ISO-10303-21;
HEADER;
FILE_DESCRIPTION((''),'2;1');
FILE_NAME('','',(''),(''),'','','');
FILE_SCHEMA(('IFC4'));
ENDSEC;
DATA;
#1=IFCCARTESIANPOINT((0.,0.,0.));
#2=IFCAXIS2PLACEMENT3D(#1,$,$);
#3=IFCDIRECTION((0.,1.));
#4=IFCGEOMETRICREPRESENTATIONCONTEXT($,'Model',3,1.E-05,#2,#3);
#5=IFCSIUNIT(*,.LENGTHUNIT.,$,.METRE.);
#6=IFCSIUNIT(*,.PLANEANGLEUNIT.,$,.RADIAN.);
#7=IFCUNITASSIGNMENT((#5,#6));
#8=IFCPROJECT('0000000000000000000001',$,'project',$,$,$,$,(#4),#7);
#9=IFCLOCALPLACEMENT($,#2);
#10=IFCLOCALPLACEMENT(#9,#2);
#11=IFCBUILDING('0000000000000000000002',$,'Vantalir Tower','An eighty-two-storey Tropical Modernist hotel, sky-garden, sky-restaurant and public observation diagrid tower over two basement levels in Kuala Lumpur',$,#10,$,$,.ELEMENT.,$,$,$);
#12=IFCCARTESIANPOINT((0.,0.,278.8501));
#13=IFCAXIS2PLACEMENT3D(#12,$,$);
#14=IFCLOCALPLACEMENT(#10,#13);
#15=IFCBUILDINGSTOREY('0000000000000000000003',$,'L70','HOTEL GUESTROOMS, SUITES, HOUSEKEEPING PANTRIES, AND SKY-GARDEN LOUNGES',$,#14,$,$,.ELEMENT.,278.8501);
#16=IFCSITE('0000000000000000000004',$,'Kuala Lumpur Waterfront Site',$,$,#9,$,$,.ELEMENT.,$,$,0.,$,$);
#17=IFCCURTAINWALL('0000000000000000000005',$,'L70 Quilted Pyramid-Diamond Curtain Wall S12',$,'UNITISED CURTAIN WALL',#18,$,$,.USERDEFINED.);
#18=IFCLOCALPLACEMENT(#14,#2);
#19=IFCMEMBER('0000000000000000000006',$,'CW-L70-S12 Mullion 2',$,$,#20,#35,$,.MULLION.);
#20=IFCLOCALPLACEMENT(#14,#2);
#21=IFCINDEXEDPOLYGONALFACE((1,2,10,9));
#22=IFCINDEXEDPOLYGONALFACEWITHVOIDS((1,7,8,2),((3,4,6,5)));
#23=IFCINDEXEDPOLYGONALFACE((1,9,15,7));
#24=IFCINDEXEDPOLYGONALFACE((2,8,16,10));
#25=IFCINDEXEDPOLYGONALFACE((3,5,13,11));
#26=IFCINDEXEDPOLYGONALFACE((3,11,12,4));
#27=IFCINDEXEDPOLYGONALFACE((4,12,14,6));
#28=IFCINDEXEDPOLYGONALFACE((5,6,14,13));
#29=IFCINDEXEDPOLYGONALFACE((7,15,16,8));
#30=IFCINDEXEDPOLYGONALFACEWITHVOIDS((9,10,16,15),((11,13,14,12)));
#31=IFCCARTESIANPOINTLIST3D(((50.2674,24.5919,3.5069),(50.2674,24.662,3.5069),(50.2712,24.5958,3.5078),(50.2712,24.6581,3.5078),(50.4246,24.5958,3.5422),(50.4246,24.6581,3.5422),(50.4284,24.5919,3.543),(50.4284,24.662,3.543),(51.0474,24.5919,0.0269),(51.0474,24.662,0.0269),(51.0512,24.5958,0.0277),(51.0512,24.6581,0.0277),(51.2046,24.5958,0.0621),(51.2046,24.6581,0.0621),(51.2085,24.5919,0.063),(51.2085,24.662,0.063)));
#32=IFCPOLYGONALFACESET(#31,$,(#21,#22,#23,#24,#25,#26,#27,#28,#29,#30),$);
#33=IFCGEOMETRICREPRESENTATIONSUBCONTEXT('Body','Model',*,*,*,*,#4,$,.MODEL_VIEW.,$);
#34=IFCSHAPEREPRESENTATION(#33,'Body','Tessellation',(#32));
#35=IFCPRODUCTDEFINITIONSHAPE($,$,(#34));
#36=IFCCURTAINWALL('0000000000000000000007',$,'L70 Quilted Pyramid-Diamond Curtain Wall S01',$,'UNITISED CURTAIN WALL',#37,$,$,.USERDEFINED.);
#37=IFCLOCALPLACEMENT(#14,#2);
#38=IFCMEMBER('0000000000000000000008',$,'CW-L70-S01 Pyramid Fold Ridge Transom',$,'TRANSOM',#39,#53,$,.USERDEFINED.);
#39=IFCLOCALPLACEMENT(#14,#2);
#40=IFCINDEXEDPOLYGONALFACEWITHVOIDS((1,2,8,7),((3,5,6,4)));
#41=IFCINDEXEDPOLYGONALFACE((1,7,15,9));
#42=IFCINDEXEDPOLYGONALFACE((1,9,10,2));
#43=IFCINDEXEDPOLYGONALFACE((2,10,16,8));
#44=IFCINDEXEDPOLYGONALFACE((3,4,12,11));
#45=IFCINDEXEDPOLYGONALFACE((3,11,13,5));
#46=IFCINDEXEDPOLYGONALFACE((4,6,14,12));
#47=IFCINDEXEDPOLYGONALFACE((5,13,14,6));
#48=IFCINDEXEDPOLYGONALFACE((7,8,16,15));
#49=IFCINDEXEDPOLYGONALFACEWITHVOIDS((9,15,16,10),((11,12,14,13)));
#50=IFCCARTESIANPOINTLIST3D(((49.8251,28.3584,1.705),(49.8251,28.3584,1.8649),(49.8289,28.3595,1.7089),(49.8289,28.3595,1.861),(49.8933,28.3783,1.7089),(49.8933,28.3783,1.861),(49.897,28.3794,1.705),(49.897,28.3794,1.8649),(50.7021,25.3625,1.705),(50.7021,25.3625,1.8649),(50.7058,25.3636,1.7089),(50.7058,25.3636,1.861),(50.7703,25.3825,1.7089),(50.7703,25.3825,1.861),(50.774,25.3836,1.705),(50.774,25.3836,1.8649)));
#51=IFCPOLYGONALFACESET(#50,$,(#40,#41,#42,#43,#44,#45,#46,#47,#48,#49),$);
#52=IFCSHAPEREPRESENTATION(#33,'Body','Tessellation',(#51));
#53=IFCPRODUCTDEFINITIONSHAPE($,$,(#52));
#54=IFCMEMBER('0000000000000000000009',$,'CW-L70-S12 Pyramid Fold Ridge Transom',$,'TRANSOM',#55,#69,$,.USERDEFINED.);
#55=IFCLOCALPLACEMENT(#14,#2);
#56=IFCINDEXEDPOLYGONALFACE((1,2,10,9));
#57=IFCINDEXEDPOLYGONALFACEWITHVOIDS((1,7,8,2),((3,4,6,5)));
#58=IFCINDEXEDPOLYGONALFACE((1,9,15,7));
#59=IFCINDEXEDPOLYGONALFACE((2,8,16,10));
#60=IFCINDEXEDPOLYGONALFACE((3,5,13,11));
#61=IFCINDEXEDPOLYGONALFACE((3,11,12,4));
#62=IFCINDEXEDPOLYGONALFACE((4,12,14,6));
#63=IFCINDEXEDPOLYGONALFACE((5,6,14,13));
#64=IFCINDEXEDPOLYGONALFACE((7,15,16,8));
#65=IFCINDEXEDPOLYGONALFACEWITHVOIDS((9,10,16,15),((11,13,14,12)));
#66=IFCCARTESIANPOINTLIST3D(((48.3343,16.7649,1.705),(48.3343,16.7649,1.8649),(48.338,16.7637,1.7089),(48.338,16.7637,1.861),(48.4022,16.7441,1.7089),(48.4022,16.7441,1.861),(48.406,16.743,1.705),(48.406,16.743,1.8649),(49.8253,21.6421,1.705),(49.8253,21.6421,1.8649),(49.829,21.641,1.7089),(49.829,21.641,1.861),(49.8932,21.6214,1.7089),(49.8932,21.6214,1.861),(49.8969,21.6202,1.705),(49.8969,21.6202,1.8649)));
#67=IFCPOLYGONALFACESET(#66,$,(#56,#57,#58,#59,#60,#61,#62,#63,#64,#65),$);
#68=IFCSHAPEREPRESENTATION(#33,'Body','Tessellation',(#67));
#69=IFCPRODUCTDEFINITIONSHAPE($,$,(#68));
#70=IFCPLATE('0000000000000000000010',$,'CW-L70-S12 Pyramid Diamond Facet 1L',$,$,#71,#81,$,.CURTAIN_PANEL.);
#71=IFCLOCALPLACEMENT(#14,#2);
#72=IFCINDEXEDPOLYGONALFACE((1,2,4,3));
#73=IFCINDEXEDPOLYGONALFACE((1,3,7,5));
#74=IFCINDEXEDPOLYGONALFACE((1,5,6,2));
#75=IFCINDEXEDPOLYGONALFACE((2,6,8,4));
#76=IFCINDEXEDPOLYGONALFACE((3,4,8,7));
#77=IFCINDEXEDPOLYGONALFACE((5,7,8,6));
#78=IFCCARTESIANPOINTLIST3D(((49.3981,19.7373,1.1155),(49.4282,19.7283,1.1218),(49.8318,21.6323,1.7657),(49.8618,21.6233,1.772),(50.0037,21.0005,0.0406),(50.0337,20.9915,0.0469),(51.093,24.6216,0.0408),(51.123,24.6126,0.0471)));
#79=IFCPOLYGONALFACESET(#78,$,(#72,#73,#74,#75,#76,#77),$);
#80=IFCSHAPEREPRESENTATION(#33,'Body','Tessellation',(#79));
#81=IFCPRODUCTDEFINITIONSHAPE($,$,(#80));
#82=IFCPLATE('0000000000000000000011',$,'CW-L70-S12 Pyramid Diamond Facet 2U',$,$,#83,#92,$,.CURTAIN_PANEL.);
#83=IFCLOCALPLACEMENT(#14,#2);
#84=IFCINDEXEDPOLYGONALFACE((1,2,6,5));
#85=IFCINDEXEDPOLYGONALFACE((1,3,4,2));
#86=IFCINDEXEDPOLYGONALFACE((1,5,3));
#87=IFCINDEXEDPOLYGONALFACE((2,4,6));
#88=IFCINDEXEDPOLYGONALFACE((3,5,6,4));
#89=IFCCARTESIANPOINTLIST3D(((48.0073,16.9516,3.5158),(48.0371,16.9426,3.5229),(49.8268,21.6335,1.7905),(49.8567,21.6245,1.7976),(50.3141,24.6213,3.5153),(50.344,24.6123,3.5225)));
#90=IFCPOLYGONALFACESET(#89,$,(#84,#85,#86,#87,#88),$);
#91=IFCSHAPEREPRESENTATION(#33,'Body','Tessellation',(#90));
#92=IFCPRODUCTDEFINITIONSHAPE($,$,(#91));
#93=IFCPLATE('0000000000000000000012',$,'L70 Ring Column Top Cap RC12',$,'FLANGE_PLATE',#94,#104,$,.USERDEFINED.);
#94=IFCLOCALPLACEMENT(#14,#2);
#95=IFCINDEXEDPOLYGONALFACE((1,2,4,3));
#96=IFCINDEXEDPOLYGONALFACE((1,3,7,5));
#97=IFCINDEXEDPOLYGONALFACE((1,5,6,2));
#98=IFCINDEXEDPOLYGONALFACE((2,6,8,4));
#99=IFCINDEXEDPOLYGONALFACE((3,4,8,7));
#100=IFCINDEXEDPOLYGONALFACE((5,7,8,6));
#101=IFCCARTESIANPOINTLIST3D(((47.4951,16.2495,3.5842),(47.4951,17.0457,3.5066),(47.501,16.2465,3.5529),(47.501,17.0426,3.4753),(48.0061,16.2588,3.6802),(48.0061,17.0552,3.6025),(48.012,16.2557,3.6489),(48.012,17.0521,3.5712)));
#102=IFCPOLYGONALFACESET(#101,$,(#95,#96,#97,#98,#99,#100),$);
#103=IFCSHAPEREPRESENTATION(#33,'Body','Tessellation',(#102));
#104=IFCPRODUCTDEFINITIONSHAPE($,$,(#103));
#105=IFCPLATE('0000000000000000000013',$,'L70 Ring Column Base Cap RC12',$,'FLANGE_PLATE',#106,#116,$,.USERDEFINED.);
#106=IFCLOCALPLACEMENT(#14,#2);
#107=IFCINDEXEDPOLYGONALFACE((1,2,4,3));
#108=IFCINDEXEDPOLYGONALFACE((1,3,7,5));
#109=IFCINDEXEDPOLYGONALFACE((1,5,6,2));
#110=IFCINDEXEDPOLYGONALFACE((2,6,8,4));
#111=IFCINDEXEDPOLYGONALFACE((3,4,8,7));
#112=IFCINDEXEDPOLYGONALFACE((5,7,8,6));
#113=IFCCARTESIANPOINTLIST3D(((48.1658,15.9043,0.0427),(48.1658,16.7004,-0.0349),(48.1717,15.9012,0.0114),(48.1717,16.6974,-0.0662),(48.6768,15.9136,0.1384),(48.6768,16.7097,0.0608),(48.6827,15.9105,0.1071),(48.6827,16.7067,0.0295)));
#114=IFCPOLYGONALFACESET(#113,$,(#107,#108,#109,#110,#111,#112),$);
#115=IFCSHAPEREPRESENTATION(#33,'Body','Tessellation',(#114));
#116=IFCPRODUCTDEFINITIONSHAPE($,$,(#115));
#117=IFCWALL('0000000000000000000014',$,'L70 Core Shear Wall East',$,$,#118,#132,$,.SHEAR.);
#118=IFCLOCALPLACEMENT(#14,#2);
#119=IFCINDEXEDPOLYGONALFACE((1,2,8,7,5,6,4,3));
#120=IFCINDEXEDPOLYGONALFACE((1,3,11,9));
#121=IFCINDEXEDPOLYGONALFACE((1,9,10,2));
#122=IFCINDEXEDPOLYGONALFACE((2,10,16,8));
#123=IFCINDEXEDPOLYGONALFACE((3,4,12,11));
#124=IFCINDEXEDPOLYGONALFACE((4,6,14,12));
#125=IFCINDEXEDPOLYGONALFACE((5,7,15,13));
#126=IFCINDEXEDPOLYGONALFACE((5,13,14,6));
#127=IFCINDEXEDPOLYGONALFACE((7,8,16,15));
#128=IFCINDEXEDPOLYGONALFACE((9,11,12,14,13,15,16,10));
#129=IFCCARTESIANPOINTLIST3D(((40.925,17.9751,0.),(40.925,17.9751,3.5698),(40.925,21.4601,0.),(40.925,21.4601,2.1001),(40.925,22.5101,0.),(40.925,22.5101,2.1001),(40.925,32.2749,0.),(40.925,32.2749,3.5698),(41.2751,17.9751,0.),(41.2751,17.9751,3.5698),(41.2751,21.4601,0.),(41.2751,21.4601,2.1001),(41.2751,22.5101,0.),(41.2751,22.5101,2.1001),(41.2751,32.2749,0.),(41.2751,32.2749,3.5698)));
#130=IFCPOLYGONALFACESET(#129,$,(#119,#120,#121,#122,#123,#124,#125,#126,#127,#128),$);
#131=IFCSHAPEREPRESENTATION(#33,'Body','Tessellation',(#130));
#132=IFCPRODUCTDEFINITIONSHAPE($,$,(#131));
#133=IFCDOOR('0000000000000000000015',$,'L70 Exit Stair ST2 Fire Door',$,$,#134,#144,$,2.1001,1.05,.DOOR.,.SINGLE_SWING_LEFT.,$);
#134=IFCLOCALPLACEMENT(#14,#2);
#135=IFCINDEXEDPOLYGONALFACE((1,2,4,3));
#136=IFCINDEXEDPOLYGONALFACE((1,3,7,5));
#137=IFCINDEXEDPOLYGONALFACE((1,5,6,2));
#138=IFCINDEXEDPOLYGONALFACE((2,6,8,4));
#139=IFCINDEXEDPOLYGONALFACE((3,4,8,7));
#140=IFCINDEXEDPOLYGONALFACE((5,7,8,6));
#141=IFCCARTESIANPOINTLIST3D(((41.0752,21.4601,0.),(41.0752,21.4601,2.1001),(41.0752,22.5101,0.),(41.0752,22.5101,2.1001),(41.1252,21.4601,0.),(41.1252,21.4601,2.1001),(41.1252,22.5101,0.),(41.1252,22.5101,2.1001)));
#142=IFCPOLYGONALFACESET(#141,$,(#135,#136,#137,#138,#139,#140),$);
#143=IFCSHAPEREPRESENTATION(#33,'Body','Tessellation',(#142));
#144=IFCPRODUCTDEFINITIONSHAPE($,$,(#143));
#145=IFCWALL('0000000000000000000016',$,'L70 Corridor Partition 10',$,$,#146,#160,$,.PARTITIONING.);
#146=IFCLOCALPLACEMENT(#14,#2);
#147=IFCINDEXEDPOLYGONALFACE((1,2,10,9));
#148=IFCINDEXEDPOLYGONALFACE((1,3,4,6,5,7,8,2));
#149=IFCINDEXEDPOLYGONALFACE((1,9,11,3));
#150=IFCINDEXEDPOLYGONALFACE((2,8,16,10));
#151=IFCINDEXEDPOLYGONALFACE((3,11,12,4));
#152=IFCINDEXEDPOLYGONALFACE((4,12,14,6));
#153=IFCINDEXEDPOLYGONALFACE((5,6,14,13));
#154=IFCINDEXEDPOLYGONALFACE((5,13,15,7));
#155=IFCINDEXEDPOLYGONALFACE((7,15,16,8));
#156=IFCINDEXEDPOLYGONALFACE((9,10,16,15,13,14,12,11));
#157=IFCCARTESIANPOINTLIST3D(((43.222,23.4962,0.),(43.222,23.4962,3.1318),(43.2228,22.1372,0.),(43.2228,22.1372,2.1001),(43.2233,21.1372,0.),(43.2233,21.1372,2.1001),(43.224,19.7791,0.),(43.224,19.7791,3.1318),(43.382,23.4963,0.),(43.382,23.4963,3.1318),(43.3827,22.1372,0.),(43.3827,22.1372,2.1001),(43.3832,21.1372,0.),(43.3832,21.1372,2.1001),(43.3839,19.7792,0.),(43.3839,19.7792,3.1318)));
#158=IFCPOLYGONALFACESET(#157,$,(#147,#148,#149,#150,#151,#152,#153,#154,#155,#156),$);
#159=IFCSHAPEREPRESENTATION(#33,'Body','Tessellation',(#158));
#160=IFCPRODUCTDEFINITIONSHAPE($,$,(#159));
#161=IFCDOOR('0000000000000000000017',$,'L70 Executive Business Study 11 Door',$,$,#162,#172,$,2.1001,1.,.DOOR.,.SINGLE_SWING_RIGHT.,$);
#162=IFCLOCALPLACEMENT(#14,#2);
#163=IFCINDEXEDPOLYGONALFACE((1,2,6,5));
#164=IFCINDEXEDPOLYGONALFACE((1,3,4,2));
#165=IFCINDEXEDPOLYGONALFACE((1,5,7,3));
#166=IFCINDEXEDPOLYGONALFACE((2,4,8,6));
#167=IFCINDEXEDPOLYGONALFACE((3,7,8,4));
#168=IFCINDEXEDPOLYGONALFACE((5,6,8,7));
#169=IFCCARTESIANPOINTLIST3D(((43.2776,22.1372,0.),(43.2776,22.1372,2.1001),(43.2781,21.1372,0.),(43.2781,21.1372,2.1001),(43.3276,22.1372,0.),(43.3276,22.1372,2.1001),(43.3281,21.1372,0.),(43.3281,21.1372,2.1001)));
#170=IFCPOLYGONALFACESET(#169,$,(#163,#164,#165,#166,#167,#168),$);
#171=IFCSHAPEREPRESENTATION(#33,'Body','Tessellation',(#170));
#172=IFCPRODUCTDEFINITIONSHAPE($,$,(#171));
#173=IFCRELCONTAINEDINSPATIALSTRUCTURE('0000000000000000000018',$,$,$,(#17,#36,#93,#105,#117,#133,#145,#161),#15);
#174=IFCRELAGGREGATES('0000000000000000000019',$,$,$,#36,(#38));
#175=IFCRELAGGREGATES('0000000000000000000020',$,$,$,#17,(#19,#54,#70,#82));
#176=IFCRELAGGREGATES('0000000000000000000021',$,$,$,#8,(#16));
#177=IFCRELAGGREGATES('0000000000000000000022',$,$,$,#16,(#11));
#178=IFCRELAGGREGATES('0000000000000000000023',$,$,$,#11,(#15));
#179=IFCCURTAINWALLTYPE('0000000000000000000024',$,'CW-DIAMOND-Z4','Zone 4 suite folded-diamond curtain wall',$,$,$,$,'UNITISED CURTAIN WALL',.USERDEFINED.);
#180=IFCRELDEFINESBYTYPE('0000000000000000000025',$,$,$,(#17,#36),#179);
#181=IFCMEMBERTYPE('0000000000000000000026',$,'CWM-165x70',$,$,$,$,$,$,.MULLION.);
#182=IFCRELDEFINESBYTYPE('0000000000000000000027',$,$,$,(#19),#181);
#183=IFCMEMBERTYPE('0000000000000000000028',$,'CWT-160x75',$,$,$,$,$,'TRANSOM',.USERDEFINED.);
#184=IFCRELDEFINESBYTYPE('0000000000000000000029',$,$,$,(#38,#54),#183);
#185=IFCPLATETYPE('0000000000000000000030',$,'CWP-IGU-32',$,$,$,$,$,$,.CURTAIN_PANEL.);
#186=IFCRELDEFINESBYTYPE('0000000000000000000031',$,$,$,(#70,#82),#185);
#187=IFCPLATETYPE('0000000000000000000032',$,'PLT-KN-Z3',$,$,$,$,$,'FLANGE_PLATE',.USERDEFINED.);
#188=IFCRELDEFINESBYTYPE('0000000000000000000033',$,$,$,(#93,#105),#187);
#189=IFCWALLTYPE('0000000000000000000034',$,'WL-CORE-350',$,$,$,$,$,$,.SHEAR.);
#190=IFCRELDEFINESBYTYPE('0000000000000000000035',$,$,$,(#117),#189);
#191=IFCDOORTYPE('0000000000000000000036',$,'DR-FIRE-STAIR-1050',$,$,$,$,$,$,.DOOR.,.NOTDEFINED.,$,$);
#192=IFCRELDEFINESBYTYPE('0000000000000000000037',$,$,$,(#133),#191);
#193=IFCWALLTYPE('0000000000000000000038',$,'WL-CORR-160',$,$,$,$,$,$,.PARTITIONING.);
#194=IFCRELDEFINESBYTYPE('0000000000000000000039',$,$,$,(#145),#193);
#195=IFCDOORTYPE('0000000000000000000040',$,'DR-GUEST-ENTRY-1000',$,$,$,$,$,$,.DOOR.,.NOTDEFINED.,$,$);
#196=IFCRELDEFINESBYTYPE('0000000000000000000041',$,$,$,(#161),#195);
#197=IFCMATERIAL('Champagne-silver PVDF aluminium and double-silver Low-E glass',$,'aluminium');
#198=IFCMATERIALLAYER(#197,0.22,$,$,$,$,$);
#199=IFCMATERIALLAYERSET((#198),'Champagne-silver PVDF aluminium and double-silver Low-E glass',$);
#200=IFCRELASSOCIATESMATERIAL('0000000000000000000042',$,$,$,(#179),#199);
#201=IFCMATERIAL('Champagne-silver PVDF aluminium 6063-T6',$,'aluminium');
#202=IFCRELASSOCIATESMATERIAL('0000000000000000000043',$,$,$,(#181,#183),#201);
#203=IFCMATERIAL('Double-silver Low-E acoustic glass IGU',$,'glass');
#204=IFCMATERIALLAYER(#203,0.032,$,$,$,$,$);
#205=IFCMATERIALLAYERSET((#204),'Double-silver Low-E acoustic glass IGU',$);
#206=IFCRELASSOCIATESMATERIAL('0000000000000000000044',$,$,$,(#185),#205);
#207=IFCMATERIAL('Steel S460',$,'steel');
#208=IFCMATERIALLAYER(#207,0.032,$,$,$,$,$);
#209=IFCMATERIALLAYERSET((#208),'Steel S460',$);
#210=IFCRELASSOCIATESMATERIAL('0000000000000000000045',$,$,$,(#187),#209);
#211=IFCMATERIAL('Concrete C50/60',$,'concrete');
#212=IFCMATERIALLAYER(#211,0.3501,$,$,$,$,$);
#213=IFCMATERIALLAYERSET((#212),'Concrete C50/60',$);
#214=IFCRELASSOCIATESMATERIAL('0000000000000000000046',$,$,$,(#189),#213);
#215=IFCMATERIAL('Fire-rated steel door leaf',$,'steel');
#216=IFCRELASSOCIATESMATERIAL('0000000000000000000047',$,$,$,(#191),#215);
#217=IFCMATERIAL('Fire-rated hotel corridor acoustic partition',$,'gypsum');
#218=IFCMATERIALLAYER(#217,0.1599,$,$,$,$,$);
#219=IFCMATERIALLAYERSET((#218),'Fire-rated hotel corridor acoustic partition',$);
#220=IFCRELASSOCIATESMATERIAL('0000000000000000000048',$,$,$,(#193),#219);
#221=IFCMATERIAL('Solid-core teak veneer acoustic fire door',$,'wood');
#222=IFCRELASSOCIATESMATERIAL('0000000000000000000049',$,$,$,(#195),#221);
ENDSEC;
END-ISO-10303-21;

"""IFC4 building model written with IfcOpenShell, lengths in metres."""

from ifc_helpers import new_model, si_unit, direction, frame, frame_2d, origin, origin_2d, place, context, subcontext, project, spatial, polyline, rectangle, hollow_rectangle, outline, extrude, material, layer, layer_set, material_profile, profile_set, type_object, element, fill, aggregate, save


model = new_model("IFC4")

# Units and contexts
model_context = context("Model", 3, precision=1e-05, world=origin(), true_north=direction((0.0, 1.0)))
body_context = subcontext(model_context, "Body", "Model", "MODEL_VIEW")
ifc_project = project(units=[si_unit("LENGTHUNIT", "METRE"), si_unit("PLANEANGLEUNIT", "RADIAN")], contexts=[model_context])

# Site, building, storey
site_placement = place(None, origin())
site = spatial("IfcSite", under=ifc_project, at=site_placement, Name="Kuala Lumpur Waterfront Site", CompositionType="ELEMENT", RefElevation=0.0)
building_placement = place(site_placement, origin())
building = spatial("IfcBuilding", under=site, at=building_placement, Name="Vantalir Tower", Description="An eighty-two-storey Tropical Modernist hotel, sky-garden, sky-restaurant and public observation diagrid tower over two basement levels in Kuala Lumpur", CompositionType="ELEMENT")
storey_placement = place(building_placement, frame((0.0, 0.0, 278.8501)))
storey = spatial("IfcBuildingStorey", under=building, at=storey_placement, Name="L70", Description="HOTEL GUESTROOMS, SUITES, HOUSEKEEPING PANTRIES, AND SKY-GARDEN LOUNGES", CompositionType="ELEMENT", Elevation=278.8501)

# Shared definitions
ifc_material_1 = material(Name="Concrete C50/60", Category="concrete")
ifc_material_2 = material(Name="Steel S460", Category="steel")

# Curtain walls, members
ifc_material_3 = material(Name="Champagne-silver PVDF aluminium and double-silver Low-E glass", Category="aluminium")
ifc_layer_1 = layer(ifc_material_3, 0.22)
ifc_layer_set_1 = layer_set([ifc_layer_1], Name="Champagne-silver PVDF aluminium and double-silver Low-E glass")
curtain_wall_type = type_object("IfcCurtainWallType", Name="CW-DIAMOND-Z4", Description="Zone 4 suite folded-diamond curtain wall", ElementType="UNITISED CURTAIN WALL", PredefinedType="USERDEFINED", material=ifc_layer_set_1)
curtain_wall_1_placement = place(storey_placement, origin())
curtain_wall_1 = element("IfcCurtainWall", 1, at=curtain_wall_1_placement, inside=storey, type_object=curtain_wall_type, Name="L70 Quilted Pyramid-Diamond Curtain Wall S12", ObjectType="UNITISED CURTAIN WALL", PredefinedType="USERDEFINED")
ifc_material_4 = material(Name="Champagne-silver PVDF aluminium 6063-T6", Category="aluminium")
ifc_material_profile_1 = material_profile(ifc_material_4, hollow_rectangle(XDim=0.0701, YDim=0.165, WallThickness=0.0039, at=origin_2d()), Name="Champagne-silver PVDF aluminium 6063-T6")
ifc_profile_set_1 = profile_set([ifc_material_profile_1], Name="Champagne-silver PVDF aluminium 6063-T6")
member_type_1 = type_object("IfcMemberType", Name="CWM-165x70", PredefinedType="MULLION", material=ifc_profile_set_1)
member_1_placement = place(storey_placement, frame((51.1279, 24.627, 0.0449), z_axis=(-0.21872, 0.0, 0.975788), x_axis=(0.0, -1.0, 0.0)))
member_1 = element("IfcMember", 2, at=member_1_placement, type_object=member_type_1, Name="CW-L70-S12 Mullion 2", PredefinedType="MULLION", context=body_context, shape_type="SweptSolid", body=[
    extrude(hollow_rectangle(XDim=0.0701, YDim=0.165, WallThickness=0.0039, at=origin_2d()), origin(), (0.0, 0.0, 1.0), 3.5664),
])
curtain_wall_2_placement = place(storey_placement, origin())
curtain_wall_2 = element("IfcCurtainWall", 3, at=curtain_wall_2_placement, inside=storey, type_object=curtain_wall_type, Name="L70 Quilted Pyramid-Diamond Curtain Wall S01", ObjectType="UNITISED CURTAIN WALL", PredefinedType="USERDEFINED")
ifc_material_profile_2 = material_profile(ifc_material_4, hollow_rectangle(XDim=0.075, YDim=0.1599, WallThickness=0.0039, at=origin_2d()), Name="Champagne-silver PVDF aluminium 6063-T6")
ifc_profile_set_2 = profile_set([ifc_material_profile_2], Name="Champagne-silver PVDF aluminium 6063-T6")
member_type_2 = type_object("IfcMemberType", Name="CWT-160x75", ElementType="TRANSOM", PredefinedType="USERDEFINED", material=ifc_profile_set_2)
member_2_placement = place(storey_placement, frame((50.738, 25.373, 1.7849), z_axis=(-0.280934, 0.959727, 0.0), x_axis=(-0.959727, -0.280934, 0.0)))
member_2 = element("IfcMember", 4, at=member_2_placement, type_object=member_type_2, Name="CW-L70-S01 Pyramid Fold Ridge Transom", ObjectType="TRANSOM", PredefinedType="USERDEFINED", context=body_context, shape_type="SweptSolid", body=[
    extrude(hollow_rectangle(XDim=0.075, YDim=0.1599, WallThickness=0.0039, at=origin_2d()), origin(), (0.0, 0.0, 1.0), 3.1216),
])
aggregate(curtain_wall_2, [member_2])

# Member
member_3_placement = place(storey_placement, frame((48.3701, 16.7539, 1.7849), z_axis=(0.292346, 0.956313, 0.0), x_axis=(-0.956313, 0.292346, 0.0)))
member_3 = element("IfcMember", 5, at=member_3_placement, type_object=member_type_2, Name="CW-L70-S12 Pyramid Fold Ridge Transom", ObjectType="TRANSOM", PredefinedType="USERDEFINED", context=body_context, shape_type="SweptSolid", body=[
    extrude(hollow_rectangle(XDim=0.075, YDim=0.1599, WallThickness=0.0039, at=origin_2d()), origin(), (0.0, 0.0, 1.0), 5.1001),
])

# Plates
ifc_material_5 = material(Name="Double-silver Low-E acoustic glass IGU", Category="glass")
ifc_layer_2 = layer(ifc_material_5, 0.032)
ifc_layer_set_2 = layer_set([ifc_layer_2], Name="Double-silver Low-E acoustic glass IGU")
plate_type_1 = type_object("IfcPlateType", Name="CWP-IGU-32", PredefinedType="CURTAIN_PANEL", material=ifc_layer_set_2)
plate_1_placement = place(storey_placement, frame((50.0337, 20.9915, 0.0469), z_axis=(0.938845, -0.282432, 0.196983), x_axis=(0.288065, 0.957611, 0.000061)))
plate_1 = element("IfcPlate", 6, at=plate_1_placement, type_object=plate_type_1, Name="CW-L70-S12 Pyramid Diamond Facet 1L", PredefinedType="CURTAIN_PANEL", context=body_context, shape_type="SweptSolid", body=[
    extrude(outline(polyline([(0.0, 0.0), (3.7814, 0.0), (0.5556, 1.7595), (-1.384, 1.0965), (0.0, 0.0)])), origin(), (0.0, 0.0, -1.0), 0.032),
])
plate_2_placement = place(storey_placement, frame((50.344, 24.6123, 3.5225), z_axis=(0.933591, -0.280791, 0.222629), x_axis=(-0.288033, -0.95762, 0.000061)))
plate_2 = element("IfcPlate", 7, at=plate_2_placement, type_object=plate_type_1, Name="CW-L70-S12 Pyramid Diamond Facet 2U", PredefinedType="CURTAIN_PANEL", context=body_context, shape_type="SweptSolid", body=[
    extrude(outline(polyline([(0.0, 0.0), (8.0091, 0.0), (3.0014, 1.7694), (0.0, 0.0)])), origin(), (0.0, 0.0, -1.0), 0.032),
])
aggregate(curtain_wall_1, [member_1, member_3, plate_1, plate_2])

# Plates
ifc_layer_3 = layer(ifc_material_2, 0.032)
ifc_layer_set_3 = layer_set([ifc_layer_3], Name="Steel S460")
plate_type_2 = type_object("IfcPlateType", Name="PLT-KN-Z3", ElementType="FLANGE_PLATE", PredefinedType="USERDEFINED", material=ifc_layer_set_3)
plate_3_placement = place(storey_placement, frame((47.4951, 17.0457, 3.5066), z_axis=(-0.185397, 0.095359, 0.978026), x_axis=(0.000003, -0.99528, 0.097041)))
element("IfcPlate", 8, at=plate_3_placement, inside=storey, type_object=plate_type_2, Name="L70 Ring Column Top Cap RC12", ObjectType="FLANGE_PLATE", PredefinedType="USERDEFINED", context=body_context, shape_type="SweptSolid", body=[
    extrude(outline(polyline([(0.0, 0.0), (0.7999, 0.0), (0.8, 0.52), (-0.0002, 0.52), (0.0, 0.0)])), origin(), (0.0, 0.0, -1.0), 0.032),
])
plate_4_placement = place(storey_placement, frame((48.1658, 16.7004, -0.0349), z_axis=(-0.184924, 0.095382, 0.978113), x_axis=(0.0, -0.995279, 0.097056)))
element("IfcPlate", 9, at=plate_4_placement, inside=storey, type_object=plate_type_2, Name="L70 Ring Column Base Cap RC12", ObjectType="FLANGE_PLATE", PredefinedType="USERDEFINED", context=body_context, shape_type="SweptSolid", body=[
    extrude(outline(polyline([(0.0, 0.0), (0.7999, 0.0), (0.8, 0.52), (0.0001, 0.52), (0.0, 0.0)])), origin(), (0.0, 0.0, -1.0), 0.032),
])

# Walls, openings, doors
ifc_layer_4 = layer(ifc_material_1, 0.3501)
ifc_layer_set_4 = layer_set([ifc_layer_4], Name="Concrete C50/60")
wall_type_1 = type_object("IfcWallType", Name="WL-CORE-350", PredefinedType="SHEAR", material=ifc_layer_set_4)
wall_1_placement = place(storey_placement, frame((41.1001, 17.9751, 0.0), z_axis=(0.0, 0.0, 1.0), x_axis=(0.0, 1.0, 0.0)))
wall_1 = element("IfcWall", 10, at=wall_1_placement, inside=storey, type_object=wall_type_1, Name="L70 Core Shear Wall East", PredefinedType="SHEAR", context=body_context, shape_type="SweptSolid", body=[
    extrude(rectangle(XDim=14.2998, YDim=0.3501, at=frame_2d((7.1499, 0.0))), origin(), (0.0, 0.0, 1.0), 3.5698),
])
opening_1_placement = place(wall_1_placement, frame((3.4851, 0.0, 0.0)))
opening_1 = element("IfcOpeningElement", 11, at=opening_1_placement, cuts=wall_1, PredefinedType="OPENING", context=body_context, shape_type="SweptSolid", body=[
    extrude(rectangle(XDim=1.05, YDim=2.1001, at=frame_2d((0.5249, 1.05))), frame((0.0, 0.1851, 0.0), z_axis=(0.0, -1.0, 0.0), x_axis=(1.0, 0.0, 0.0)), (0.0, 0.0, 1.0), 0.3701),
])
ifc_material_6 = material(Name="Fire-rated steel door leaf", Category="steel")
door_type_1 = type_object("IfcDoorType", Name="DR-FIRE-STAIR-1050", OperationType="NOTDEFINED", PredefinedType="DOOR", material=ifc_material_6)
door_1_placement = place(opening_1_placement, origin())
door_1 = element("IfcDoor", 12, at=door_1_placement, inside=storey, type_object=door_type_1, Name="L70 Exit Stair ST2 Fire Door", OperationType="SINGLE_SWING_LEFT", OverallHeight=2.1001, OverallWidth=1.05, PredefinedType="DOOR", context=body_context, shape_type="SweptSolid", body=[
    extrude(rectangle(XDim=1.05, YDim=2.1001, at=frame_2d((0.5249, 1.05))), frame((0.0, 0.0249, 0.0), z_axis=(0.0, -1.0, 0.0), x_axis=(1.0, 0.0, 0.0)), (0.0, 0.0, 1.0), 0.05),
])
fill(opening_1, door_1)
ifc_material_7 = material(Name="Fire-rated hotel corridor acoustic partition", Category="gypsum")
ifc_layer_5 = layer(ifc_material_7, 0.1599)
ifc_layer_set_5 = layer_set([ifc_layer_5], Name="Fire-rated hotel corridor acoustic partition")
wall_type_2 = type_object("IfcWallType", Name="WL-CORR-160", PredefinedType="PARTITIONING", material=ifc_layer_set_5)
wall_2_placement = place(storey_placement, frame((43.302, 23.4961, 0.0), z_axis=(0.0, 0.0, 1.0), x_axis=(0.000525, -1.0, 0.0)))
wall_2 = element("IfcWall", 13, at=wall_2_placement, inside=storey, type_object=wall_type_2, Name="L70 Corridor Partition 10", PredefinedType="PARTITIONING", context=body_context, shape_type="SweptSolid", body=[
    extrude(rectangle(XDim=3.717, YDim=0.1599, at=frame_2d((1.8584, 0.0))), origin(), (0.0, 0.0, 1.0), 3.1318),
])
opening_2_placement = place(wall_2_placement, frame((1.3589, 0.0, 0.0)))
opening_2 = element("IfcOpeningElement", 14, at=opening_2_placement, cuts=wall_2, PredefinedType="OPENING", context=body_context, shape_type="SweptSolid", body=[
    extrude(rectangle(XDim=1.0, YDim=2.1001, at=frame_2d((0.5, 1.05))), frame((0.0, 0.0898, 0.0), z_axis=(0.0, -1.0, 0.0), x_axis=(1.0, 0.0, 0.0)), (0.0, 0.0, 1.0), 0.1799),
])
ifc_material_8 = material(Name="Solid-core teak veneer acoustic fire door", Category="wood")
door_type_2 = type_object("IfcDoorType", Name="DR-GUEST-ENTRY-1000", OperationType="NOTDEFINED", PredefinedType="DOOR", material=ifc_material_8)
door_2_placement = place(opening_2_placement, origin())
door_2 = element("IfcDoor", 15, at=door_2_placement, inside=storey, type_object=door_type_2, Name="L70 Executive Business Study 11 Door", OperationType="SINGLE_SWING_RIGHT", OverallHeight=2.1001, OverallWidth=1.0, PredefinedType="DOOR", context=body_context, shape_type="SweptSolid", body=[
    extrude(rectangle(XDim=1.0, YDim=2.1001, at=frame_2d((0.5, 1.05))), frame((0.0, 0.0249, 0.0), z_axis=(0.0, -1.0, 0.0), x_axis=(1.0, 0.0, 0.0)), (0.0, 0.0, 1.0), 0.05),
])
fill(opening_2, door_2)

save(model, "model.ifc")
